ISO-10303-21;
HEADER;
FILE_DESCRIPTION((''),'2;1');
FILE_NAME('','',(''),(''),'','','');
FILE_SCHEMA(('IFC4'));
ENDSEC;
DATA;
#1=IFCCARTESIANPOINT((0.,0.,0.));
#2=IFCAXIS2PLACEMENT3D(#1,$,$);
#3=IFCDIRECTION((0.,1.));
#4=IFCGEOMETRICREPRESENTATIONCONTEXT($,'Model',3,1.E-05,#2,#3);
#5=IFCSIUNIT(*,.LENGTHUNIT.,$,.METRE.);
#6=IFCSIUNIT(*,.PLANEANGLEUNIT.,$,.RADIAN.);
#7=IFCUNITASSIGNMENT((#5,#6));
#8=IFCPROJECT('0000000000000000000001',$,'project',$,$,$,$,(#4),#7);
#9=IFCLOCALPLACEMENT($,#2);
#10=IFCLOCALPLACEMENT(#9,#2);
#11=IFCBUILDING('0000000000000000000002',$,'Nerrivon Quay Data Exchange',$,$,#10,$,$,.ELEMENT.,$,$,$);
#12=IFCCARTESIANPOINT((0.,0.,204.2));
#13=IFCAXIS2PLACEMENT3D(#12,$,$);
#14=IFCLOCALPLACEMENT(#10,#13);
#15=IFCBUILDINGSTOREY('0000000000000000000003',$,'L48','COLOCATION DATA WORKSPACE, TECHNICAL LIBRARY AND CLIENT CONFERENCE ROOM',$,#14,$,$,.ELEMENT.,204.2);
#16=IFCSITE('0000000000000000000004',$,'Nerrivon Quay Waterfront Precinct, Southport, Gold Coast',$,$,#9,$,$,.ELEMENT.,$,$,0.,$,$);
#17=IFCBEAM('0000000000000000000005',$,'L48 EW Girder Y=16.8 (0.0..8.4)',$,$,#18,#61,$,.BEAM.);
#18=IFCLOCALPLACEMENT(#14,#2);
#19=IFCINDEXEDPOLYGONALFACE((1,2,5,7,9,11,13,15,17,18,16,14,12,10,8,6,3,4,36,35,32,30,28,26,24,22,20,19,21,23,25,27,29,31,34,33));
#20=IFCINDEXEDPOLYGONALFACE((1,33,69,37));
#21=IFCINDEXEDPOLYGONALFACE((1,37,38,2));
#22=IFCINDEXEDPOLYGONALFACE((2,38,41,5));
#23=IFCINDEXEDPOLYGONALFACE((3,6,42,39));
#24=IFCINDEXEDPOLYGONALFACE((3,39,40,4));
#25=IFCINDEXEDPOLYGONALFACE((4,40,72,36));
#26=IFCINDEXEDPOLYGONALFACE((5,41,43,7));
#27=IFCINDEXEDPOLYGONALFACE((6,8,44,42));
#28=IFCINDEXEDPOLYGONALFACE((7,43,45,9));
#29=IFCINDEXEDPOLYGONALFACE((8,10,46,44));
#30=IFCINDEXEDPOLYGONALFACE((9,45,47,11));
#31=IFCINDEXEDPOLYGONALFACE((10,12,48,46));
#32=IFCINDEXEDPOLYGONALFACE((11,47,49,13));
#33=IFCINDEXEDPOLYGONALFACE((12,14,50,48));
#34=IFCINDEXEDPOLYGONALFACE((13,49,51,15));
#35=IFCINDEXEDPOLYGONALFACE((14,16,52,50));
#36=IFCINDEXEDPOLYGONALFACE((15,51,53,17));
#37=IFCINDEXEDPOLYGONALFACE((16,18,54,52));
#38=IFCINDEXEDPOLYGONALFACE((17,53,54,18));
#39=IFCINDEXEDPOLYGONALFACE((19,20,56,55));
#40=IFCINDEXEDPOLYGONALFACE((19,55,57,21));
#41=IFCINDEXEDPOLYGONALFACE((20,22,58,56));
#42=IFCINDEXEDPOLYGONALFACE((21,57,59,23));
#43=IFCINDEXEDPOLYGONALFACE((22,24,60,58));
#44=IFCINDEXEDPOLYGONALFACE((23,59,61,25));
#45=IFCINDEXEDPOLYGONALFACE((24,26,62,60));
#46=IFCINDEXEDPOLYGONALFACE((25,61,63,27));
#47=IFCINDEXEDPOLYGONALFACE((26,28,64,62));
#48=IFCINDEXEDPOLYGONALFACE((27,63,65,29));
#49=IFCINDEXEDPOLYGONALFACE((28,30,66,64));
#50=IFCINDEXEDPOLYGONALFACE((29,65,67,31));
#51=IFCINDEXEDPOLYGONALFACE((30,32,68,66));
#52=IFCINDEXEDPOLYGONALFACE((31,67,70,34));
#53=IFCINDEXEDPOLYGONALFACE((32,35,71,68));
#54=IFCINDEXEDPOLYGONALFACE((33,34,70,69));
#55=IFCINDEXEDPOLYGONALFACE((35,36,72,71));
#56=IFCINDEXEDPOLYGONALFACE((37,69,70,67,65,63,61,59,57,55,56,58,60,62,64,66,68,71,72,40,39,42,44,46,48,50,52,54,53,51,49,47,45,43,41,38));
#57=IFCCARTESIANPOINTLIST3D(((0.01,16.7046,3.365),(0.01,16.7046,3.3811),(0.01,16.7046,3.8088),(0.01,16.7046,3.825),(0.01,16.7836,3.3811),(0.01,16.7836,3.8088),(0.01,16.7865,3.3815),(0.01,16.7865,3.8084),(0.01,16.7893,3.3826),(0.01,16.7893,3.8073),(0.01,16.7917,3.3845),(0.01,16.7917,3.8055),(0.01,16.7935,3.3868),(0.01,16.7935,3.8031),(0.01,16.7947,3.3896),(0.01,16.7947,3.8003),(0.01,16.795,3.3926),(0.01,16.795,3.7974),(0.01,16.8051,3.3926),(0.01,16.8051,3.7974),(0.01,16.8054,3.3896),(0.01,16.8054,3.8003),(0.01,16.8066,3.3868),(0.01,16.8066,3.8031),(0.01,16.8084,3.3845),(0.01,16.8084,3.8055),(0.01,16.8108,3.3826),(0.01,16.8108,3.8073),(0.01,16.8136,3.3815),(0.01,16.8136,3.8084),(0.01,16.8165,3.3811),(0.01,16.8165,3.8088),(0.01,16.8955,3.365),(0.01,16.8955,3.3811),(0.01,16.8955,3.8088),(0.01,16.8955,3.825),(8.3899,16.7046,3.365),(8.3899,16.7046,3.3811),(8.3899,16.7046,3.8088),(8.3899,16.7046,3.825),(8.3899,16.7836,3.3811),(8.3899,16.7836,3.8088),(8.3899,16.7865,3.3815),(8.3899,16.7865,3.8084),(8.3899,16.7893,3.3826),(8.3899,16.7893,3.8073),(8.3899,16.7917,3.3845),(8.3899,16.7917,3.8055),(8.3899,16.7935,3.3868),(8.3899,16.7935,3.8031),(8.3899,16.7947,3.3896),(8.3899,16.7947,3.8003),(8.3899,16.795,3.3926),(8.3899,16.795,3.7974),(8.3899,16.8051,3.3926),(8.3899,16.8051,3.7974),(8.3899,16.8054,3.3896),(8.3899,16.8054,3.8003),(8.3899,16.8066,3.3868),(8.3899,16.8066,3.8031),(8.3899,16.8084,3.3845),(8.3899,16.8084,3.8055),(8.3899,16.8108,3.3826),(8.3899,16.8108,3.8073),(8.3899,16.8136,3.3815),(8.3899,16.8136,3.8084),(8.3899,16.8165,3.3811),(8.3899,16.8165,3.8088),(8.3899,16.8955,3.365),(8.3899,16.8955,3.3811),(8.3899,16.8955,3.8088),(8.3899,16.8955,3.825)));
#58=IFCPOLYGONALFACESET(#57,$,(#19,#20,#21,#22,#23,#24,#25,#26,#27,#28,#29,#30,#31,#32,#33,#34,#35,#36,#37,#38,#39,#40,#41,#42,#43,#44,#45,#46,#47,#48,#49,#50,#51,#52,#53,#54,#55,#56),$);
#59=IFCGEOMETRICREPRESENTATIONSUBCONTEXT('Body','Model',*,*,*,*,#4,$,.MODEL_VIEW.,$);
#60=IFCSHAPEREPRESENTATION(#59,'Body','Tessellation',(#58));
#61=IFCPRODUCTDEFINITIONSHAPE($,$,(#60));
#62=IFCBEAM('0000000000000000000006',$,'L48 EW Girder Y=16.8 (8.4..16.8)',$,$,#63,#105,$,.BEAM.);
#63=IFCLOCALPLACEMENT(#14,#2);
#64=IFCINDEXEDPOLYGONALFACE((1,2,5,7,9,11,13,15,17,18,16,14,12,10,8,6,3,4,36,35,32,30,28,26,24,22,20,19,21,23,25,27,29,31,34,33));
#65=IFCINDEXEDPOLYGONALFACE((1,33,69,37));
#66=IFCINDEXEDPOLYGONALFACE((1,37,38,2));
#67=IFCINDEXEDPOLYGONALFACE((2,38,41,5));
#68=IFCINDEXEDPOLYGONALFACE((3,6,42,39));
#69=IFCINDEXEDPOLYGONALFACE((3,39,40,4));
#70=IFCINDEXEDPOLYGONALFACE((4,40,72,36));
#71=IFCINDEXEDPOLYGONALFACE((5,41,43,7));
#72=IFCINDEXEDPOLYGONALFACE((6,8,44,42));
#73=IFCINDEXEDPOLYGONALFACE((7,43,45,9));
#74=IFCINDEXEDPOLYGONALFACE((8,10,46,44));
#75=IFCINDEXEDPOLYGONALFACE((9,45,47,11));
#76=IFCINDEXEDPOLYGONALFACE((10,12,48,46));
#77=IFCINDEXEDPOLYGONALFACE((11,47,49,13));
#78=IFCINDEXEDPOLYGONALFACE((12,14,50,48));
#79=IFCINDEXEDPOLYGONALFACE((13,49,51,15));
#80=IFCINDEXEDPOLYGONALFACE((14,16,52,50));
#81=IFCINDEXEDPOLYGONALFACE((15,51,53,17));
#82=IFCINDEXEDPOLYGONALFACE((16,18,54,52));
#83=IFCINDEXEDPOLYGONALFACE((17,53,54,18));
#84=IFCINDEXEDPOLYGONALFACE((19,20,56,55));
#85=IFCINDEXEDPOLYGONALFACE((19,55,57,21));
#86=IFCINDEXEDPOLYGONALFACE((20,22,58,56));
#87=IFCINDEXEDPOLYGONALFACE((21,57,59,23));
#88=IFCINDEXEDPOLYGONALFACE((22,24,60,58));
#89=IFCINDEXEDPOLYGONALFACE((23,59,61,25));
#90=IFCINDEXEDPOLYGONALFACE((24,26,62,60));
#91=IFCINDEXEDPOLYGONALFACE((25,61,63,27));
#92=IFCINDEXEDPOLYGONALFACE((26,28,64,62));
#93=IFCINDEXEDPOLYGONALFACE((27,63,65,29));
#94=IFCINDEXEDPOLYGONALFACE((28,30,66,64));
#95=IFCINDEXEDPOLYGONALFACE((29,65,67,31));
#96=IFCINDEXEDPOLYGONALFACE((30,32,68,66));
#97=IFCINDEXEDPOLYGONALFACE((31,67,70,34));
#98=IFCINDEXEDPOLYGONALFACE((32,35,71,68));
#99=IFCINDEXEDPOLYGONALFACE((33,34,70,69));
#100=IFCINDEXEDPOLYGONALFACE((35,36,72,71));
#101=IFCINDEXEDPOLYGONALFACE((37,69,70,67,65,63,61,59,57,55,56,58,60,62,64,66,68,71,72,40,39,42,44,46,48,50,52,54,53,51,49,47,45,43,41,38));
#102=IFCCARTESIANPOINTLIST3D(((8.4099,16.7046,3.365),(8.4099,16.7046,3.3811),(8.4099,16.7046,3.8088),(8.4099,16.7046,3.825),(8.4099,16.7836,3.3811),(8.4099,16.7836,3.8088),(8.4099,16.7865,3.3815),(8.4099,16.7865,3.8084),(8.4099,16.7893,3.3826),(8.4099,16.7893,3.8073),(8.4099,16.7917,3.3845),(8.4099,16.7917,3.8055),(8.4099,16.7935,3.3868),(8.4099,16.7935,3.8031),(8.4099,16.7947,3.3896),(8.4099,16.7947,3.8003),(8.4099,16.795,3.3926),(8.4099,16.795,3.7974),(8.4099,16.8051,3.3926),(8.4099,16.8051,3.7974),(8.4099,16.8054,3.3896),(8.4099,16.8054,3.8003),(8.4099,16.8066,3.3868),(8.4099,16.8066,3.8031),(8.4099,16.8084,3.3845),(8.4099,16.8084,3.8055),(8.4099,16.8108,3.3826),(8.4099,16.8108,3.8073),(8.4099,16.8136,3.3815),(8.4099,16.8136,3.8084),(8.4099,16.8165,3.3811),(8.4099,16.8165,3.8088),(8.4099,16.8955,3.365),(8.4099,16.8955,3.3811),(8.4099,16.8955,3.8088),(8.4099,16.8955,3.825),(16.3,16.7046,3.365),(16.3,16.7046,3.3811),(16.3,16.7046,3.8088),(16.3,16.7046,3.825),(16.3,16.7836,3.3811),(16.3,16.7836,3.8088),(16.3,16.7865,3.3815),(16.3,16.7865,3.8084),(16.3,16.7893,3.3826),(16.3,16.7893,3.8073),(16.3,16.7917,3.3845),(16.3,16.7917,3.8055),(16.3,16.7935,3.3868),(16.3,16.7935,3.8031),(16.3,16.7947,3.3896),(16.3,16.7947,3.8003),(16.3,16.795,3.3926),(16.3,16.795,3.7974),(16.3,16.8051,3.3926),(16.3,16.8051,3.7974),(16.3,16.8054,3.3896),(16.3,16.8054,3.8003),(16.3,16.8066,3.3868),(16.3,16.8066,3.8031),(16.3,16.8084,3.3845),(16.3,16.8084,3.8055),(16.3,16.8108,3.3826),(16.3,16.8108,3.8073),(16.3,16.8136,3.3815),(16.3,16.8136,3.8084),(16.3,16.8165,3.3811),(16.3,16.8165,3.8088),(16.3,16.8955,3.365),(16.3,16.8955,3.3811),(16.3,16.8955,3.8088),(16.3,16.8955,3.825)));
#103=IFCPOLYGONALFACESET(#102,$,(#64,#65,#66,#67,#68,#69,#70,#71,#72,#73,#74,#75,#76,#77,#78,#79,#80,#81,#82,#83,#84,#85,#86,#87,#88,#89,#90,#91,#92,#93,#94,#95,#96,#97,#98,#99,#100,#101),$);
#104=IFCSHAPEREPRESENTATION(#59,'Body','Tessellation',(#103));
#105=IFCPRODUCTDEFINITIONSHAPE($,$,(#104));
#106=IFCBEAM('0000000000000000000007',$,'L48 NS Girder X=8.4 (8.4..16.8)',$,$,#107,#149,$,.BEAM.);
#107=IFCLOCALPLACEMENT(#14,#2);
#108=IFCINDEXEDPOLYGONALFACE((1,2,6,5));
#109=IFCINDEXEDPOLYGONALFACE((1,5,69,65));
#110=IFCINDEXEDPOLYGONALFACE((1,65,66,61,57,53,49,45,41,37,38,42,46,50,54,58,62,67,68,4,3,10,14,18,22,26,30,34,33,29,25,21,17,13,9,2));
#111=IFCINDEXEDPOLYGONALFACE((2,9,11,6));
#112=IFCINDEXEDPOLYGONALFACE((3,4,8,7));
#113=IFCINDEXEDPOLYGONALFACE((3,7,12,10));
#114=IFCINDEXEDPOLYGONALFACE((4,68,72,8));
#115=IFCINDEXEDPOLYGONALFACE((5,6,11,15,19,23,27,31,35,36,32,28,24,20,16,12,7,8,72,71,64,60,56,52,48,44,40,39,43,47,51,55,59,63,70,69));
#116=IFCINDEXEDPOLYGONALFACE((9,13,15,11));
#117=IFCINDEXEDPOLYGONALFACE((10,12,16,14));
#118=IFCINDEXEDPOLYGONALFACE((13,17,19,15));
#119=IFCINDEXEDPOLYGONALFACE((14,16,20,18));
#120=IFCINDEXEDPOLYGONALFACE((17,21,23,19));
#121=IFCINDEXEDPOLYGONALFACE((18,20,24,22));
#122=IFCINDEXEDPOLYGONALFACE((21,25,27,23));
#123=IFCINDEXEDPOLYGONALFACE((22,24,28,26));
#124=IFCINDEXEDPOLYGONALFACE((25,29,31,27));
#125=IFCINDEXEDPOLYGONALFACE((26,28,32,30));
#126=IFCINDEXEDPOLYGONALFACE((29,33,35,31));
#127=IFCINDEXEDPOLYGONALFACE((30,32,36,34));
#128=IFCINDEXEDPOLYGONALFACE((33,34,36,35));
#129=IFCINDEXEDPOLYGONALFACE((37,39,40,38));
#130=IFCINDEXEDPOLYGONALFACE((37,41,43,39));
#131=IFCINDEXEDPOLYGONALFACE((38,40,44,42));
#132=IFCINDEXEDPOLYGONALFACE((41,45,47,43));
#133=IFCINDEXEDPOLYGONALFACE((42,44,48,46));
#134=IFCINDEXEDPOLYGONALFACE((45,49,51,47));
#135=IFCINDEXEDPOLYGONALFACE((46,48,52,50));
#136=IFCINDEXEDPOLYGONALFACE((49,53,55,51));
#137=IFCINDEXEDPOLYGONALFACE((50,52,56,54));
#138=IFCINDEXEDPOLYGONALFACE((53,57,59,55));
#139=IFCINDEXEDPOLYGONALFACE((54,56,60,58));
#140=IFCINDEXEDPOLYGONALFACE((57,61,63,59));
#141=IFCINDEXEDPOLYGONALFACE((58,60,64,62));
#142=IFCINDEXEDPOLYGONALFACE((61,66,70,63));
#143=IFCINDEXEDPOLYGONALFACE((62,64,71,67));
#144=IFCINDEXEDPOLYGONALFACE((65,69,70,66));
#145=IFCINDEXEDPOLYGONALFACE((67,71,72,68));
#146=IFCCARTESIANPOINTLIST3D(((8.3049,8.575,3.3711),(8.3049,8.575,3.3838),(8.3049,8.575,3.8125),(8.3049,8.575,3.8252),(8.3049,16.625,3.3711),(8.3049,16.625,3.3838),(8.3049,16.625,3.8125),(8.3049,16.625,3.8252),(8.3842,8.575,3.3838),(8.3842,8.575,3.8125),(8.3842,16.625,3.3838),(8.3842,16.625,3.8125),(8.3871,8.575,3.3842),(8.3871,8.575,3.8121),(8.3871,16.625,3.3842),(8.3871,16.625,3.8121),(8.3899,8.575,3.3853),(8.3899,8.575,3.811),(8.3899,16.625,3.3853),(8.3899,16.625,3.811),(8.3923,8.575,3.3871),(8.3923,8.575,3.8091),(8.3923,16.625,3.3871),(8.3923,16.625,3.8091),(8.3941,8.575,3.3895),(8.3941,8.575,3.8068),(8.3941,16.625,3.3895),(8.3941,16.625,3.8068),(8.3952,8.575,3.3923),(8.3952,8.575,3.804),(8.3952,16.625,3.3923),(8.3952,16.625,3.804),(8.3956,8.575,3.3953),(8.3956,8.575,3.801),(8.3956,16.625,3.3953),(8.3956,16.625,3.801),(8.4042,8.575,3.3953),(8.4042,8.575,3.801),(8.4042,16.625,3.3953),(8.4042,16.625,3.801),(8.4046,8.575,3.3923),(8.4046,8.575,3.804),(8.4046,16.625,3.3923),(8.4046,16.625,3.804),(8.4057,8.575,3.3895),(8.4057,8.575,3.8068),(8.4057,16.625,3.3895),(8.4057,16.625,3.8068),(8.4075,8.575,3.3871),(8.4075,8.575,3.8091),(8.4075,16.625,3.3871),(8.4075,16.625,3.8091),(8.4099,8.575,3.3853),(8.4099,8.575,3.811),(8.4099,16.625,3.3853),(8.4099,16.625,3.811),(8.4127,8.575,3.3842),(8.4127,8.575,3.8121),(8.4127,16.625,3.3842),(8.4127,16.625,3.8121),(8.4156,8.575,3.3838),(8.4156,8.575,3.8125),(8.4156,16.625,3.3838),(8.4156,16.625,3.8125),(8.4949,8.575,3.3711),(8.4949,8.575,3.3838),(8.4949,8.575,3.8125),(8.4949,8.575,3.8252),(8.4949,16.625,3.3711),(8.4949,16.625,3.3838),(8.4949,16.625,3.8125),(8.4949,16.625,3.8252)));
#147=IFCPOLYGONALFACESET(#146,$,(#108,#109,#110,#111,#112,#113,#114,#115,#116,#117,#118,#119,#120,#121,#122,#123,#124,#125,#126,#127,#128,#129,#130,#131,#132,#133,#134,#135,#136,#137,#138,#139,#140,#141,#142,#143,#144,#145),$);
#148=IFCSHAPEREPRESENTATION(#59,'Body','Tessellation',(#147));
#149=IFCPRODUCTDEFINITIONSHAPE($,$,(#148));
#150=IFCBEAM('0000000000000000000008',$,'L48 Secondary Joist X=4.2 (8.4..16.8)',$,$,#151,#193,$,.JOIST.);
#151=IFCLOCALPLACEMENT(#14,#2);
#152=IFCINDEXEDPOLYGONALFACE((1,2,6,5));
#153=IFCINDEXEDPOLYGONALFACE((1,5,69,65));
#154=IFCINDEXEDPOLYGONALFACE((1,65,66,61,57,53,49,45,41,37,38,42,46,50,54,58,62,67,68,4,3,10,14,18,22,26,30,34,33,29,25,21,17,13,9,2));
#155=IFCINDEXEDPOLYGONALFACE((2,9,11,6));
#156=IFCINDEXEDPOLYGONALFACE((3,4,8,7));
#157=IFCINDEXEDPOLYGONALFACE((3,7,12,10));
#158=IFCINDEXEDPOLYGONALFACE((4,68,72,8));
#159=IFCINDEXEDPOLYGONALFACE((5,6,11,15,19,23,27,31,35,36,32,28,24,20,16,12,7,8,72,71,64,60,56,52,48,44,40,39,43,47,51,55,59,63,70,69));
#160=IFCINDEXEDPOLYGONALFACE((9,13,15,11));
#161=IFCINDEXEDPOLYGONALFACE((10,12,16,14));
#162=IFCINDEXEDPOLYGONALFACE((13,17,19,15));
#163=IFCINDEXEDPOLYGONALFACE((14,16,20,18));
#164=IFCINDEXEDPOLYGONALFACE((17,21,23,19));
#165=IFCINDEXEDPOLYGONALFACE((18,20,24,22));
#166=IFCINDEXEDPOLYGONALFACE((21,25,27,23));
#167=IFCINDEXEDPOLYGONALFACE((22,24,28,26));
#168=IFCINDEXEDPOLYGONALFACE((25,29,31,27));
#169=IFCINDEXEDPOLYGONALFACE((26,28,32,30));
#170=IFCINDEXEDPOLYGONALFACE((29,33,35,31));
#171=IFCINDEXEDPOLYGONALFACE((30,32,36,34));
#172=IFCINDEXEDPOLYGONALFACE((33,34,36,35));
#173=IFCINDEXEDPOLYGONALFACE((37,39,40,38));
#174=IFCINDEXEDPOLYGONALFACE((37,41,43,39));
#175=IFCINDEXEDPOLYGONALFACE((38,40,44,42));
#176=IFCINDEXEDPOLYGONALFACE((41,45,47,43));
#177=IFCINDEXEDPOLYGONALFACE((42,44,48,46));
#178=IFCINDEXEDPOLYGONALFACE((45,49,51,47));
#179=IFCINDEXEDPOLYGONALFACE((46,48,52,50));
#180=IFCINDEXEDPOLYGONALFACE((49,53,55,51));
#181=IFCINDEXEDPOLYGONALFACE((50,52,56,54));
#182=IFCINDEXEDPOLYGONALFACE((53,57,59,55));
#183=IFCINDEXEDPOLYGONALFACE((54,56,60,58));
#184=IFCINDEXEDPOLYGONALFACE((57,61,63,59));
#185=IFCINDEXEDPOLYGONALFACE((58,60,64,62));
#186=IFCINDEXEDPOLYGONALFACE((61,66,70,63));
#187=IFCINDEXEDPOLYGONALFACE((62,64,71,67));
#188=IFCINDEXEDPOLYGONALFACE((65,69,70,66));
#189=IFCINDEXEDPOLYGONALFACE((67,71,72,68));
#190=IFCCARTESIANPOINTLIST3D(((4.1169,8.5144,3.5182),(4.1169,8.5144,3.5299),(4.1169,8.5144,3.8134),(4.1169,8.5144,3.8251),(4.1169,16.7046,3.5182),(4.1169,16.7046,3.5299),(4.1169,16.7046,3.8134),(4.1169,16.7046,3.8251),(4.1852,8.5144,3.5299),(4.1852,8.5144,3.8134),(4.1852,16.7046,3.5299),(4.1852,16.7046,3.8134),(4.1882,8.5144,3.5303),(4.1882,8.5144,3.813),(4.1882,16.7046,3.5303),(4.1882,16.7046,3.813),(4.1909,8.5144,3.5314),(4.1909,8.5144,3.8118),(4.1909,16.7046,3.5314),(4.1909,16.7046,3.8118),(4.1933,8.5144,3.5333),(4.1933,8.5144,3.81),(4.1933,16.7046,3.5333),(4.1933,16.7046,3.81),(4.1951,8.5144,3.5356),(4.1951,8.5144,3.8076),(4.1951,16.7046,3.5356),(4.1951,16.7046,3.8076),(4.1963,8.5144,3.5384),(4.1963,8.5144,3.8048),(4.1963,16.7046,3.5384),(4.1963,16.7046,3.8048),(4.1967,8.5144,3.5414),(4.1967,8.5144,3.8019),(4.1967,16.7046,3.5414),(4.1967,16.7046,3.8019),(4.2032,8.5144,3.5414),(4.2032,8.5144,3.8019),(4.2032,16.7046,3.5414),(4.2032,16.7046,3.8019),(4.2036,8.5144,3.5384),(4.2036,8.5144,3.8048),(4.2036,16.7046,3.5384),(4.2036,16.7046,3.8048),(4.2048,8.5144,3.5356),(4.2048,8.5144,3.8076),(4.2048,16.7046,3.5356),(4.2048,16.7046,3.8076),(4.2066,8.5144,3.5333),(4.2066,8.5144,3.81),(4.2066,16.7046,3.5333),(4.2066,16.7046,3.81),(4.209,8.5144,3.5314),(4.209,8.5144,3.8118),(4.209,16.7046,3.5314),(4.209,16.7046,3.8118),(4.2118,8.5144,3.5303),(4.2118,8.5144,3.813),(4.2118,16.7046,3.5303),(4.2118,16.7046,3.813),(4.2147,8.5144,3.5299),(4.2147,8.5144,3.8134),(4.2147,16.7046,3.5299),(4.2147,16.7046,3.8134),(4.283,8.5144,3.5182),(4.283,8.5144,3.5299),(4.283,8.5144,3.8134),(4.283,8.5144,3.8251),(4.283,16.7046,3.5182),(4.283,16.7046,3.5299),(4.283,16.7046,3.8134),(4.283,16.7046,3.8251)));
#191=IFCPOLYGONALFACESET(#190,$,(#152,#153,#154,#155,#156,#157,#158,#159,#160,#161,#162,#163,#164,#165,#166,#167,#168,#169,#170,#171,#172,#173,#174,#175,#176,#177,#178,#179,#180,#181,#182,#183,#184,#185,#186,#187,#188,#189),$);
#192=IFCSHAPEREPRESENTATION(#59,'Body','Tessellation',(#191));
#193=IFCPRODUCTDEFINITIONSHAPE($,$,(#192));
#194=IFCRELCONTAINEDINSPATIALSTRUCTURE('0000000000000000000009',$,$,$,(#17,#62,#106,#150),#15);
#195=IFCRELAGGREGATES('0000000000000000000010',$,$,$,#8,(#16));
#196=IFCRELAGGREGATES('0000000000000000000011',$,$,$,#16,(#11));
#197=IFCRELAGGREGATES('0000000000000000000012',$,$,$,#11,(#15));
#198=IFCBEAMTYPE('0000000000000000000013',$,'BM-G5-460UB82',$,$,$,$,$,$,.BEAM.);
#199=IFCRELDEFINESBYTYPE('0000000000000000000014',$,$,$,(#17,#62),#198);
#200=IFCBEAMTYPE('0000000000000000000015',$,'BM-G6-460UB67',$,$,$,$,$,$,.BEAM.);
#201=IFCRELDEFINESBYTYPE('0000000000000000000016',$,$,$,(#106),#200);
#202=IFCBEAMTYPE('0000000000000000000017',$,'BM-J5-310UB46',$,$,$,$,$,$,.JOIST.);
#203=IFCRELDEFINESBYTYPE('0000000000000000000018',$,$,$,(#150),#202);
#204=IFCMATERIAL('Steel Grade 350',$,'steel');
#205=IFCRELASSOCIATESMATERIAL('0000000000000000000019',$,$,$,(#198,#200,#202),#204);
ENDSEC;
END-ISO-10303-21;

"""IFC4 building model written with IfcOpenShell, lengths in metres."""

from ifc_helpers import new_model, si_unit, direction, frame, origin, origin_2d, place, context, subcontext, project, spatial, i_section, extrude, material, material_profile, profile_set, type_object, element, save


model = new_model("IFC4")

# Units and contexts
model_context = context("Model", 3, precision=1e-05, world=origin(), true_north=direction((0.0, 1.0)))
body_context = subcontext(model_context, "Body", "Model", "MODEL_VIEW")
ifc_project = project(units=[si_unit("LENGTHUNIT", "METRE"), si_unit("PLANEANGLEUNIT", "RADIAN")], contexts=[model_context])

# Site, building, storey
site_placement = place(None, origin())
site = spatial("IfcSite", under=ifc_project, at=site_placement, Name="Nerrivon Quay Waterfront Precinct, Southport, Gold Coast", CompositionType="ELEMENT", RefElevation=0.0)
building_placement = place(site_placement, origin())
building = spatial("IfcBuilding", under=site, at=building_placement, Name="Nerrivon Quay Data Exchange", CompositionType="ELEMENT")
storey_placement = place(building_placement, frame((0.0, 0.0, 204.2)))
storey = spatial("IfcBuildingStorey", under=building, at=storey_placement, Name="L48", Description="COLOCATION DATA WORKSPACE, TECHNICAL LIBRARY AND CLIENT CONFERENCE ROOM", CompositionType="ELEMENT", Elevation=204.2)

# Shared definitions
ifc_material_1 = material(Name="Steel Grade 350", Category="steel")

# Beams
ifc_material_profile_1 = material_profile(ifc_material_1, i_section(OverallWidth=0.1909, OverallDepth=0.46, WebThickness=0.01, FlangeThickness=0.0161, FilletRadius=0.0115, at=origin_2d()), Name="460UB82.1")
ifc_profile_set_1 = profile_set([ifc_material_profile_1], Name="Steel Grade 350")
beam_type_1 = type_object("IfcBeamType", Name="BM-G5-460UB82", PredefinedType="BEAM", material=ifc_profile_set_1)
beam_1_placement = place(storey_placement, frame((0.01, 16.8, 3.595), z_axis=(1.0, 0.0, 0.0), x_axis=(0.0, 1.0, 0.0)))
element("IfcBeam", 1, at=beam_1_placement, inside=storey, type_object=beam_type_1, Name="L48 EW Girder Y=16.8 (0.0..8.4)", PredefinedType="BEAM", context=body_context, shape_type="SweptSolid", body=[
    extrude(i_section(OverallWidth=0.1909, OverallDepth=0.46, WebThickness=0.01, FlangeThickness=0.0161, FilletRadius=0.0115, at=origin_2d()), origin(), (0.0, 0.0, 1.0), 8.3799),
])
beam_2_placement = place(storey_placement, frame((8.4099, 16.8, 3.595), z_axis=(1.0, 0.0, 0.0), x_axis=(0.0, 1.0, 0.0)))
element("IfcBeam", 2, at=beam_2_placement, inside=storey, type_object=beam_type_1, Name="L48 EW Girder Y=16.8 (8.4..16.8)", PredefinedType="BEAM", context=body_context, shape_type="SweptSolid", body=[
    extrude(i_section(OverallWidth=0.1909, OverallDepth=0.46, WebThickness=0.01, FlangeThickness=0.0161, FilletRadius=0.0115, at=origin_2d()), origin(), (0.0, 0.0, 1.0), 7.8901),
])
ifc_material_profile_2 = material_profile(ifc_material_1, i_section(OverallWidth=0.1899, OverallDepth=0.4541, WebThickness=0.0085, FlangeThickness=0.0127, FilletRadius=0.0115, at=origin_2d()), Name="460UB67.1")
ifc_profile_set_2 = profile_set([ifc_material_profile_2], Name="Steel Grade 350")
beam_type_2 = type_object("IfcBeamType", Name="BM-G6-460UB67", PredefinedType="BEAM", material=ifc_profile_set_2)
beam_3_placement = place(storey_placement, frame((8.3999, 8.575, 3.5981), z_axis=(0.0, 1.0, 0.0), x_axis=(-1.0, 0.0, 0.0)))
element("IfcBeam", 3, at=beam_3_placement, inside=storey, type_object=beam_type_2, Name="L48 NS Girder X=8.4 (8.4..16.8)", PredefinedType="BEAM", context=body_context, shape_type="SweptSolid", body=[
    extrude(i_section(OverallWidth=0.1899, OverallDepth=0.4541, WebThickness=0.0085, FlangeThickness=0.0127, FilletRadius=0.0115, at=origin_2d()), origin(), (0.0, 0.0, 1.0), 8.05),
])
ifc_material_profile_3 = material_profile(ifc_material_1, i_section(OverallWidth=0.166, OverallDepth=0.3069, WebThickness=0.0066, FlangeThickness=0.0117, FilletRadius=0.0115, at=origin_2d()), Name="310UB46.2")
ifc_profile_set_3 = profile_set([ifc_material_profile_3], Name="Steel Grade 350")
beam_type_3 = type_object("IfcBeamType", Name="BM-J5-310UB46", PredefinedType="JOIST", material=ifc_profile_set_3)
beam_4_placement = place(storey_placement, frame((4.2, 8.5144, 3.6716), z_axis=(0.0, 1.0, 0.0), x_axis=(-1.0, 0.0, 0.0)))
element("IfcBeam", 4, at=beam_4_placement, inside=storey, type_object=beam_type_3, Name="L48 Secondary Joist X=4.2 (8.4..16.8)", PredefinedType="JOIST", context=body_context, shape_type="SweptSolid", body=[
    extrude(i_section(OverallWidth=0.166, OverallDepth=0.3069, WebThickness=0.0066, FlangeThickness=0.0117, FilletRadius=0.0115, at=origin_2d()), origin(), (0.0, 0.0, 1.0), 8.1902),
])

save(model, "model.ifc")
